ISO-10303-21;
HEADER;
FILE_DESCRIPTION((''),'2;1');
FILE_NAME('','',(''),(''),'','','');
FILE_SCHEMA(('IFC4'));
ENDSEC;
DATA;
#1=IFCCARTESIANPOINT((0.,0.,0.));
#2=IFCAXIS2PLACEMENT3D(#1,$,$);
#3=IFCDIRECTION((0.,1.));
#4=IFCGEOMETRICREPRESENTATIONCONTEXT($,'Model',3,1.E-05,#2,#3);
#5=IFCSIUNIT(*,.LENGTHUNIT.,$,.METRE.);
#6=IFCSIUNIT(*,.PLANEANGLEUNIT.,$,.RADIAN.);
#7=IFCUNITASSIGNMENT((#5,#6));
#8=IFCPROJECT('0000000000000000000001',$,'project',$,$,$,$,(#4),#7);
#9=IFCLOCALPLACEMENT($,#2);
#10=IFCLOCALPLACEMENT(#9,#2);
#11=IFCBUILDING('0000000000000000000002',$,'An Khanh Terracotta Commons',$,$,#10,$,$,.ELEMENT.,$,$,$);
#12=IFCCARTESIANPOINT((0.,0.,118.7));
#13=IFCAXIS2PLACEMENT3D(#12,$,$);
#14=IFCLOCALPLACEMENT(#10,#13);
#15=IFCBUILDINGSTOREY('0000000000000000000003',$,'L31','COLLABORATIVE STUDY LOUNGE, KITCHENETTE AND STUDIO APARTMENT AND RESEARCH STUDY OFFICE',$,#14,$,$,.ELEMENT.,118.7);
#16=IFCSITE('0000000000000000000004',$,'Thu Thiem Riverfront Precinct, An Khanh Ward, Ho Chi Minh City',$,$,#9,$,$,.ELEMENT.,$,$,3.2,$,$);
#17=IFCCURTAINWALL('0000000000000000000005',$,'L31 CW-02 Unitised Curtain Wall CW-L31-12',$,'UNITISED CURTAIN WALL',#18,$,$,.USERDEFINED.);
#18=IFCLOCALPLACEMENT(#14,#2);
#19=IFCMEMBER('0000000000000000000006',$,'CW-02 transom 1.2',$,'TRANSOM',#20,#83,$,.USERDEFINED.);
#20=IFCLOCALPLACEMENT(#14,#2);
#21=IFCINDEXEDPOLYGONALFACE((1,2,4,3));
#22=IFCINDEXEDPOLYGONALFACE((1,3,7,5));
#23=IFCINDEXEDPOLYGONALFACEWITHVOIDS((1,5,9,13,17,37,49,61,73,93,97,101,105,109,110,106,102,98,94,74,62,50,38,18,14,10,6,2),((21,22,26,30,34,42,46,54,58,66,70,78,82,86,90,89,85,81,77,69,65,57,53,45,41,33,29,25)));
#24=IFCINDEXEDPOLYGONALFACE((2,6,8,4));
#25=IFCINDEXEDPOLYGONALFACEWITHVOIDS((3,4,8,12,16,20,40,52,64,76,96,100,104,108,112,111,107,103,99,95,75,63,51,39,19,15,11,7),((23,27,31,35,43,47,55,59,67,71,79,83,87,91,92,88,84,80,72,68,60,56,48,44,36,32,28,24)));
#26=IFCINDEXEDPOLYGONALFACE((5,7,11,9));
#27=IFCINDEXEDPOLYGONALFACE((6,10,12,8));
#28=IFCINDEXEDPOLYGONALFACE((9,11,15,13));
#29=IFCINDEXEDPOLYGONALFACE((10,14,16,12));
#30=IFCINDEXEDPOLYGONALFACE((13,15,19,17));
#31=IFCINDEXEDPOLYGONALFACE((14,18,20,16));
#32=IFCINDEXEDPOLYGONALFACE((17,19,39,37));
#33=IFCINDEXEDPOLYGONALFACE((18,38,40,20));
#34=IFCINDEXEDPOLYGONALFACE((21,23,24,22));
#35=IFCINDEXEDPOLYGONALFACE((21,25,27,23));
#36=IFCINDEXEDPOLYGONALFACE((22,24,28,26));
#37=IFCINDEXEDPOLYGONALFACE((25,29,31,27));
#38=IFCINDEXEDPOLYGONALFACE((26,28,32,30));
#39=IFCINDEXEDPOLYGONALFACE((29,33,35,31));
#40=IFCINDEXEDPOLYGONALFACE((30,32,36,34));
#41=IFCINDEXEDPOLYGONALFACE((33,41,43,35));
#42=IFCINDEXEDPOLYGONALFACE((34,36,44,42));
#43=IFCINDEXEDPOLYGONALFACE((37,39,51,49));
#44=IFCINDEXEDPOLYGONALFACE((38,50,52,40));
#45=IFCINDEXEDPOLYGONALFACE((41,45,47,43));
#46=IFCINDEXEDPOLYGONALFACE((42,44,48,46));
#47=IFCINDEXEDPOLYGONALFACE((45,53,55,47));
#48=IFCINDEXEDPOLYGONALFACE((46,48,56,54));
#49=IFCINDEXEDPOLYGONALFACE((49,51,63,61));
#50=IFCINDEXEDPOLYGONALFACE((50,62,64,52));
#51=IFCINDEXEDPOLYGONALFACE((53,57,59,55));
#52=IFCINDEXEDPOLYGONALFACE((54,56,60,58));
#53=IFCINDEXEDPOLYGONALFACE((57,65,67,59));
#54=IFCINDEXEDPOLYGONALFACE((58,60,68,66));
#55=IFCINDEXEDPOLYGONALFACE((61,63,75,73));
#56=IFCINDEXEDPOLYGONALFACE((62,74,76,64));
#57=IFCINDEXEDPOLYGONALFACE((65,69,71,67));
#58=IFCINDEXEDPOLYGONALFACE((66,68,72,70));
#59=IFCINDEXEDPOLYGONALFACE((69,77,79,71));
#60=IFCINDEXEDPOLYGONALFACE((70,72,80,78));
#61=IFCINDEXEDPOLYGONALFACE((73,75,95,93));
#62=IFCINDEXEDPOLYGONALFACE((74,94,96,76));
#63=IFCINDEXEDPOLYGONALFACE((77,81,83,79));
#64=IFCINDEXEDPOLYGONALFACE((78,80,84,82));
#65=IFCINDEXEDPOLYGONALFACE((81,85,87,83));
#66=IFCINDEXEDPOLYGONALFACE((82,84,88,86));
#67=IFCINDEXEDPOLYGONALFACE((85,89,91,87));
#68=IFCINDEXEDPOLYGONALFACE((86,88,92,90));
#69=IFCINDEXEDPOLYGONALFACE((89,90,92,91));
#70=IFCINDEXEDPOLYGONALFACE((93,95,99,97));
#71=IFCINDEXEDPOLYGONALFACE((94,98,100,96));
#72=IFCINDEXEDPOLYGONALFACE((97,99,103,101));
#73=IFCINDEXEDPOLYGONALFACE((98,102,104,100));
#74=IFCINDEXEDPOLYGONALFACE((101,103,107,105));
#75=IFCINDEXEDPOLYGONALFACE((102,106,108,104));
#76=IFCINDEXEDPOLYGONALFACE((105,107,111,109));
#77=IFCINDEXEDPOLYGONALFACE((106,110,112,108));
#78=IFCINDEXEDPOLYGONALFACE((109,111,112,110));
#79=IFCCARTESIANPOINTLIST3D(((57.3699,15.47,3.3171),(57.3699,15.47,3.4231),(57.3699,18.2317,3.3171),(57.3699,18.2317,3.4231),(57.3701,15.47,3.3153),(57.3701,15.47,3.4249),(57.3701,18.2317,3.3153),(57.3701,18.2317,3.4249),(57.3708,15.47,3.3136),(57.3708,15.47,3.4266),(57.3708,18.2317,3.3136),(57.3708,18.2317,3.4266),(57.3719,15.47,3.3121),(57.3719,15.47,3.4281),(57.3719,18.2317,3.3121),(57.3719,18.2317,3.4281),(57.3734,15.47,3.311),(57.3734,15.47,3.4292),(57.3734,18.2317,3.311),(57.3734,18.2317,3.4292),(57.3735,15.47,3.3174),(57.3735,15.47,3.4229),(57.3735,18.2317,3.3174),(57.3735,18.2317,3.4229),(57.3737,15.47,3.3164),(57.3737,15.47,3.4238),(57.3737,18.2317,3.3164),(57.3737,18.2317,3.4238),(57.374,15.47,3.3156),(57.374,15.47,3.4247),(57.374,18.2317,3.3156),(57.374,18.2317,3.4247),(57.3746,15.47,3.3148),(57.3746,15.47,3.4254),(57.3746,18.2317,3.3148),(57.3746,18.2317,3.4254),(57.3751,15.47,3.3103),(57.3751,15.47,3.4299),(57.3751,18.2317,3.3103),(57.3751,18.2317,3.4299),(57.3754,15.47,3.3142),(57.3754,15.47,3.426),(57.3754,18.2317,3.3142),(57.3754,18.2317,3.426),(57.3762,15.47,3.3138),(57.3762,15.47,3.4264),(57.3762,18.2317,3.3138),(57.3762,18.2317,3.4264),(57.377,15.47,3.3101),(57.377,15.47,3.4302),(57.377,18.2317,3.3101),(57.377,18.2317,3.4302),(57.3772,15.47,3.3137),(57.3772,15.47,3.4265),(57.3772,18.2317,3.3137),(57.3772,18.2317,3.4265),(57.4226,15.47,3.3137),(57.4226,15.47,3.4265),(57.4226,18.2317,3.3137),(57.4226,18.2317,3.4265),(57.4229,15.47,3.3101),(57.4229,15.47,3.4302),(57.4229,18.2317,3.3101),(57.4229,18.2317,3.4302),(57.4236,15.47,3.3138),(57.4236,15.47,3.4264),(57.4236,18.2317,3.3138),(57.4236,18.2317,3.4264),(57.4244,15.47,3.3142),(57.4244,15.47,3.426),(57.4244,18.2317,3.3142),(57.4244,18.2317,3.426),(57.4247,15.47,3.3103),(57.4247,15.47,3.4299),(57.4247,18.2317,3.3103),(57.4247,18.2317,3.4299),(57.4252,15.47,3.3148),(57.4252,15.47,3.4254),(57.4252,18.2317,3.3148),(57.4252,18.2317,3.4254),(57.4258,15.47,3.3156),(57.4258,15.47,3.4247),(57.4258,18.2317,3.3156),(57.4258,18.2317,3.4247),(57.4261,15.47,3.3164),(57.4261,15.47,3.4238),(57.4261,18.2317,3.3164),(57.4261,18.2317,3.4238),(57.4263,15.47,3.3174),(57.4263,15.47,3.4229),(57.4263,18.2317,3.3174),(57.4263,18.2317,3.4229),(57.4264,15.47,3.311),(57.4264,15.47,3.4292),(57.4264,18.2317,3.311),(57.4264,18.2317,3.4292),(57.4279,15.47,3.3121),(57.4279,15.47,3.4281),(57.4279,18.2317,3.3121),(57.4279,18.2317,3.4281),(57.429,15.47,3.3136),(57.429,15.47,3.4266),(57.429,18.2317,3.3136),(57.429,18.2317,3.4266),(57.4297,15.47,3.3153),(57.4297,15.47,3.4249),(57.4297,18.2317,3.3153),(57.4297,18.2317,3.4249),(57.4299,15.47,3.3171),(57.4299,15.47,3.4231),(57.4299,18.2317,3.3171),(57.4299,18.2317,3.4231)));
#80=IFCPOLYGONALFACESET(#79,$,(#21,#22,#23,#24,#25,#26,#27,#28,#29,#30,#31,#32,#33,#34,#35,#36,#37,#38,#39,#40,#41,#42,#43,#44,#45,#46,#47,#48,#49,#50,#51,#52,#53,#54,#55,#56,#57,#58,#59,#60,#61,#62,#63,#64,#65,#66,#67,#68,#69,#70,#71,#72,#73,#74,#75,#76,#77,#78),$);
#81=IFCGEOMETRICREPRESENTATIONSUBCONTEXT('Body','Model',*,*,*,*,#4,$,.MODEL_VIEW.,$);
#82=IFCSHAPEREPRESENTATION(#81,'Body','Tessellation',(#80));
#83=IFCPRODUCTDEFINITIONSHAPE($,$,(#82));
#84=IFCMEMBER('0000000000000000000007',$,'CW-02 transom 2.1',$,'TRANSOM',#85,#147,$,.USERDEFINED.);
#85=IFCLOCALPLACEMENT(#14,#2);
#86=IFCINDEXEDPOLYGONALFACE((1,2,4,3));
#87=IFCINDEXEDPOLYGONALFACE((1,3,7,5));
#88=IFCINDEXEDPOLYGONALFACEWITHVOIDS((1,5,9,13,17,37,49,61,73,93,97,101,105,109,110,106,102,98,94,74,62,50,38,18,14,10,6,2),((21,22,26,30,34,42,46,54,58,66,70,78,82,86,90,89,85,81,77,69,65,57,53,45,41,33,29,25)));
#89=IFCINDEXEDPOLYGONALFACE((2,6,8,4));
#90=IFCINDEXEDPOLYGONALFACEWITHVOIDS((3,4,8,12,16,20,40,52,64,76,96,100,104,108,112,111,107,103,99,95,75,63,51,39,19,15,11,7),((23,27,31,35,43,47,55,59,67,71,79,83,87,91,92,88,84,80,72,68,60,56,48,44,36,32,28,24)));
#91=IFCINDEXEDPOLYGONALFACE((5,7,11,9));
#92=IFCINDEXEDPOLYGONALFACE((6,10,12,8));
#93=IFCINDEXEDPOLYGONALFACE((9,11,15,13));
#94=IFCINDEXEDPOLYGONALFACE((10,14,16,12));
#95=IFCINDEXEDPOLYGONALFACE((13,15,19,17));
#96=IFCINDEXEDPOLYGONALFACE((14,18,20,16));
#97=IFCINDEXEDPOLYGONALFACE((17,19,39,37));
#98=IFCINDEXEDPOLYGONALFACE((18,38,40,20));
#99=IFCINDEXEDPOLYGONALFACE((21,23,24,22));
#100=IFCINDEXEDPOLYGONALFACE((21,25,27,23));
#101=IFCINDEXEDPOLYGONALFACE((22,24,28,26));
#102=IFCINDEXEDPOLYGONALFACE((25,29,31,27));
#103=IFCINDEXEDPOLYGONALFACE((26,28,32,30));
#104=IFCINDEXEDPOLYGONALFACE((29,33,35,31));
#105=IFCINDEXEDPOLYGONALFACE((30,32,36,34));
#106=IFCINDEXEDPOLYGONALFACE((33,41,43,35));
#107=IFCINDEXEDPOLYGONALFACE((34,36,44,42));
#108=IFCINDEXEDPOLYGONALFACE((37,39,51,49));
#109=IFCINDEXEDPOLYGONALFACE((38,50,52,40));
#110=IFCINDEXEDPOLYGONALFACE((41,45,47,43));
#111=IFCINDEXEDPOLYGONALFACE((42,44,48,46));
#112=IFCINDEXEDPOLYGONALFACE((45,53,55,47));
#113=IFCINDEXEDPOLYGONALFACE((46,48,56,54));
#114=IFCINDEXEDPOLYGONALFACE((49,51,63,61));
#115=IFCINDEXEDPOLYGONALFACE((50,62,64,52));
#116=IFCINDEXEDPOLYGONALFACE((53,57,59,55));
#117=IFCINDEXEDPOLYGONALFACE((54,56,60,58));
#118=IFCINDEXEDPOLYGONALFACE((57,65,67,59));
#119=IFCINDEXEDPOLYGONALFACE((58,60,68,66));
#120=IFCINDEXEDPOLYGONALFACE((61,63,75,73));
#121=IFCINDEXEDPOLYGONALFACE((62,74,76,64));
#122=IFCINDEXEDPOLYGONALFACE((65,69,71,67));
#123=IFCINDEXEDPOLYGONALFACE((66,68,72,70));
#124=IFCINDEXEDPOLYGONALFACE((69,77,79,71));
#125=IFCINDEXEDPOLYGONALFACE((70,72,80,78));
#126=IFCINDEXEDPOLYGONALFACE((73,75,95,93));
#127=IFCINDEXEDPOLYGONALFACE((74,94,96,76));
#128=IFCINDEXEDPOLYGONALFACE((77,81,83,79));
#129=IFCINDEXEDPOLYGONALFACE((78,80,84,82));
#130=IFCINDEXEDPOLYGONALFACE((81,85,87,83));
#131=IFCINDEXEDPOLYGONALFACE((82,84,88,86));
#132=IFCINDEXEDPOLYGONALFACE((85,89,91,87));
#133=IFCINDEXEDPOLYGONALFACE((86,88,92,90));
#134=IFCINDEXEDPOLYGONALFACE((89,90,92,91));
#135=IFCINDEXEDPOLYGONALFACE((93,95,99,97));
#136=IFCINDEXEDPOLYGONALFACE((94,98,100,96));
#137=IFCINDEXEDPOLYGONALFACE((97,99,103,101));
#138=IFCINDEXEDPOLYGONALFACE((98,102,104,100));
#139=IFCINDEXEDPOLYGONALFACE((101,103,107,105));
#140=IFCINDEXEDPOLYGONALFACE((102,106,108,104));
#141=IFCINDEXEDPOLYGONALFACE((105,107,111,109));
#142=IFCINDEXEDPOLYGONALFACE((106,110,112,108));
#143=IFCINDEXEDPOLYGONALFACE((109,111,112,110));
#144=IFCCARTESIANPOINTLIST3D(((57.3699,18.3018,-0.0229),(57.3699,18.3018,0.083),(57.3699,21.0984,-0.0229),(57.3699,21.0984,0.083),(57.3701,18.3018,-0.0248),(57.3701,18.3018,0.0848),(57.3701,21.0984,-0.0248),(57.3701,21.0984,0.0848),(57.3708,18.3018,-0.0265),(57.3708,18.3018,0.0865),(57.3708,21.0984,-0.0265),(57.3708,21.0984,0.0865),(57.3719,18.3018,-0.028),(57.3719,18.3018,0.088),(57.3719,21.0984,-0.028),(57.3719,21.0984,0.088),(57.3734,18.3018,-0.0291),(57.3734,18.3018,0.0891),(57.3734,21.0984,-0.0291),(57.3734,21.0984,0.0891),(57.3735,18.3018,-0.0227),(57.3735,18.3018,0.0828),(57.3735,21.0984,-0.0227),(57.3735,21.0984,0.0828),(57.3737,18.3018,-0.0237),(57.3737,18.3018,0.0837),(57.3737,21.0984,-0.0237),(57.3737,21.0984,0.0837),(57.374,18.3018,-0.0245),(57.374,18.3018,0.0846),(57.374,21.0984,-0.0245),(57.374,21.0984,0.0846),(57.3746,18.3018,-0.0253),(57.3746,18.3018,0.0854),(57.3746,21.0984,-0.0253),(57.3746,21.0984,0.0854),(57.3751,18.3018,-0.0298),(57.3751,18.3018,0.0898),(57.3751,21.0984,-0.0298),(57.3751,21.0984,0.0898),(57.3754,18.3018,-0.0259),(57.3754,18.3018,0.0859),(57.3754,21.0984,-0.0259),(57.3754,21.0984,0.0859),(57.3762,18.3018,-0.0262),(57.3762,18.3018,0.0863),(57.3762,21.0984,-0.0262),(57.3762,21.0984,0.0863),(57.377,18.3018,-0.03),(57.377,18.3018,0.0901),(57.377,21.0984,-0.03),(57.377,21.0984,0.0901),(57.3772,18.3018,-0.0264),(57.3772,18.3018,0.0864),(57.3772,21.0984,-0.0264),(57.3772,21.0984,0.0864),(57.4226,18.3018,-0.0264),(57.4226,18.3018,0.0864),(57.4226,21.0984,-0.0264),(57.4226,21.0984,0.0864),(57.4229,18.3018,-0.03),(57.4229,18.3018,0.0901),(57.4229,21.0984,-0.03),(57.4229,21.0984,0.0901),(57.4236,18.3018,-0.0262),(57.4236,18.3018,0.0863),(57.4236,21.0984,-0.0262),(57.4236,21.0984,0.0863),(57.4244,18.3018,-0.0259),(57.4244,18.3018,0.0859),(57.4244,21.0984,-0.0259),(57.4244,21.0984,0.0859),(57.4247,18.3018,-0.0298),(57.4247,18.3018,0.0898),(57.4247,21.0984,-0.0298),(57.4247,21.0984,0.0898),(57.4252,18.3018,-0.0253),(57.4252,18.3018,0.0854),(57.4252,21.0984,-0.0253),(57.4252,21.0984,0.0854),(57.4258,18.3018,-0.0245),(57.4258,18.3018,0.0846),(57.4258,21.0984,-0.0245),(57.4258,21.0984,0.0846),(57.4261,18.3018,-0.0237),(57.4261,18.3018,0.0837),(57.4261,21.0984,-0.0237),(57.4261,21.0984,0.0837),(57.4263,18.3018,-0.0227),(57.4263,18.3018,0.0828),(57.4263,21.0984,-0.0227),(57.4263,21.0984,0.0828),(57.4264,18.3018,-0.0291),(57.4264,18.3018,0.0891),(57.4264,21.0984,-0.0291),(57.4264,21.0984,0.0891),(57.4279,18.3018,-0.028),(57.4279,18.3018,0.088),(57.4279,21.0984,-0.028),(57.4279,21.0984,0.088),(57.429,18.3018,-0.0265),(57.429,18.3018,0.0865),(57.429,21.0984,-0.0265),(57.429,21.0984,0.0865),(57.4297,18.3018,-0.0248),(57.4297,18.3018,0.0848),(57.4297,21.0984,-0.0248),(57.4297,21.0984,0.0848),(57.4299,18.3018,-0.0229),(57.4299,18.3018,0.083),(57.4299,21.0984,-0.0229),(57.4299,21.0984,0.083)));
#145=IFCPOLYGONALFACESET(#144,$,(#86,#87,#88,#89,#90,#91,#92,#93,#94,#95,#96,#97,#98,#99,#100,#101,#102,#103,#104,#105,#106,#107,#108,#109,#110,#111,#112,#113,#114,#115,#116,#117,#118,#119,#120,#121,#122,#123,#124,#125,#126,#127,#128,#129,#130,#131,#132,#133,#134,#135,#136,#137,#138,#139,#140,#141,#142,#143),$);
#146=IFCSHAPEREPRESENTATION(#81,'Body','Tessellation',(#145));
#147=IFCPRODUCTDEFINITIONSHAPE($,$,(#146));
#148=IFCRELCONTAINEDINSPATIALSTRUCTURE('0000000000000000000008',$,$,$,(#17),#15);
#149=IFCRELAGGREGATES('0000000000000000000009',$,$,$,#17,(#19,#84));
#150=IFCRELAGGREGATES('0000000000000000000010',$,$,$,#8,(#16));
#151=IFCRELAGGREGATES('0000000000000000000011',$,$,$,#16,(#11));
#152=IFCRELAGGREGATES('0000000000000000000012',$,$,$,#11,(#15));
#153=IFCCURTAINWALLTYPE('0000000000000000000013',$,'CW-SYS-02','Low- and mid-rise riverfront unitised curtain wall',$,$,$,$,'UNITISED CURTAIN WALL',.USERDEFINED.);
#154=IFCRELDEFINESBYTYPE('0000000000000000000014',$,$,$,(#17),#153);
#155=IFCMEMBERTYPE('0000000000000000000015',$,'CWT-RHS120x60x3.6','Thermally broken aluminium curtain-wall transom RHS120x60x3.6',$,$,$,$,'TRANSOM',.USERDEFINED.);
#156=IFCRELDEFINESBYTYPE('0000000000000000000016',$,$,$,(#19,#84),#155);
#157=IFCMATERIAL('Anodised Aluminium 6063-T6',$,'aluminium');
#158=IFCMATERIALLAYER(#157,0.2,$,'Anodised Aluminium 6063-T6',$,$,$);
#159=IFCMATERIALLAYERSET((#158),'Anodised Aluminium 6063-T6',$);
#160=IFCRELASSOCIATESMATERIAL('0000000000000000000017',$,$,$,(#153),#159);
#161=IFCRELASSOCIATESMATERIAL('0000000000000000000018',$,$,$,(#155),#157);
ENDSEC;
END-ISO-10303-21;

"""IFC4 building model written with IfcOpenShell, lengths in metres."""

from ifc_helpers import new_model, si_unit, direction, frame, origin, origin_2d, place, context, subcontext, project, spatial, hollow_rectangle, extrude, material, layer, layer_set, material_profile, profile_set, type_object, element, aggregate, save


model = new_model("IFC4")

# Units and contexts
model_context = context("Model", 3, precision=1e-05, world=origin(), true_north=direction((0.0, 1.0)))
body_context = subcontext(model_context, "Body", "Model", "MODEL_VIEW")
ifc_project = project(units=[si_unit("LENGTHUNIT", "METRE"), si_unit("PLANEANGLEUNIT", "RADIAN")], contexts=[model_context])

# Site, building, storey
site_placement = place(None, origin())
site = spatial("IfcSite", under=ifc_project, at=site_placement, Name="Thu Thiem Riverfront Precinct, An Khanh Ward, Ho Chi Minh City", CompositionType="ELEMENT", RefElevation=3.2)
building_placement = place(site_placement, origin())
building = spatial("IfcBuilding", under=site, at=building_placement, Name="An Khanh Terracotta Commons", CompositionType="ELEMENT")
storey_placement = place(building_placement, frame((0.0, 0.0, 118.7)))
storey = spatial("IfcBuildingStorey", under=building, at=storey_placement, Name="L31", Description="COLLABORATIVE STUDY LOUNGE, KITCHENETTE AND STUDIO APARTMENT AND RESEARCH STUDY OFFICE", CompositionType="ELEMENT", Elevation=118.7)

# Curtain wall
ifc_material_1 = material(Name="Anodised Aluminium 6063-T6", Category="aluminium")
ifc_layer_1 = layer(ifc_material_1, 0.2, Name="Anodised Aluminium 6063-T6")
ifc_layer_set_1 = layer_set([ifc_layer_1], Name="Anodised Aluminium 6063-T6")
curtain_wall_type = type_object("IfcCurtainWallType", Name="CW-SYS-02", Description="Low- and mid-rise riverfront unitised curtain wall", ElementType="UNITISED CURTAIN WALL", PredefinedType="USERDEFINED", material=ifc_layer_set_1)
curtain_wall_1_placement = place(storey_placement, origin())
curtain_wall_1 = element("IfcCurtainWall", 1, at=curtain_wall_1_placement, inside=storey, type_object=curtain_wall_type, Name="L31 CW-02 Unitised Curtain Wall CW-L31-12", ObjectType="UNITISED CURTAIN WALL", PredefinedType="USERDEFINED")

# Members
ifc_material_profile_1 = material_profile(ifc_material_1, hollow_rectangle(XDim=0.0601, YDim=0.1201, WallThickness=0.0037, InnerFilletRadius=0.0037, OuterFilletRadius=0.0071, at=origin_2d()), Name="RHS120x60x3.6")
ifc_profile_set_1 = profile_set([ifc_material_profile_1], Name="Anodised Aluminium 6063-T6")
member_type_1 = type_object("IfcMemberType", Name="CWT-RHS120x60x3.6", Description="Thermally broken aluminium curtain-wall transom RHS120x60x3.6", ElementType="TRANSOM", PredefinedType="USERDEFINED", material=ifc_profile_set_1)
member_1_placement = place(storey_placement, frame((57.3999, 15.47, 3.3701), z_axis=(0.0, 1.0, 0.0), x_axis=(-1.0, 0.0, 0.0)))
member_1 = element("IfcMember", 2, at=member_1_placement, type_object=member_type_1, Name="CW-02 transom 1.2", ObjectType="TRANSOM", PredefinedType="USERDEFINED", context=body_context, shape_type="SweptSolid", body=[
    extrude(hollow_rectangle(XDim=0.0601, YDim=0.1201, WallThickness=0.0037, InnerFilletRadius=0.0037, OuterFilletRadius=0.0071, at=origin_2d()), origin(), (0.0, 0.0, 1.0), 2.7617),
])
member_2_placement = place(storey_placement, frame((57.3999, 18.3018, 0.03), z_axis=(0.0, 1.0, 0.0), x_axis=(-1.0, 0.0, 0.0)))
member_2 = element("IfcMember", 3, at=member_2_placement, type_object=member_type_1, Name="CW-02 transom 2.1", ObjectType="TRANSOM", PredefinedType="USERDEFINED", context=body_context, shape_type="SweptSolid", body=[
    extrude(hollow_rectangle(XDim=0.0601, YDim=0.1201, WallThickness=0.0037, InnerFilletRadius=0.0037, OuterFilletRadius=0.0071, at=origin_2d()), origin(), (0.0, 0.0, 1.0), 2.7966),
])

aggregate(curtain_wall_1, [member_1, member_2])

save(model, "model.ifc")
